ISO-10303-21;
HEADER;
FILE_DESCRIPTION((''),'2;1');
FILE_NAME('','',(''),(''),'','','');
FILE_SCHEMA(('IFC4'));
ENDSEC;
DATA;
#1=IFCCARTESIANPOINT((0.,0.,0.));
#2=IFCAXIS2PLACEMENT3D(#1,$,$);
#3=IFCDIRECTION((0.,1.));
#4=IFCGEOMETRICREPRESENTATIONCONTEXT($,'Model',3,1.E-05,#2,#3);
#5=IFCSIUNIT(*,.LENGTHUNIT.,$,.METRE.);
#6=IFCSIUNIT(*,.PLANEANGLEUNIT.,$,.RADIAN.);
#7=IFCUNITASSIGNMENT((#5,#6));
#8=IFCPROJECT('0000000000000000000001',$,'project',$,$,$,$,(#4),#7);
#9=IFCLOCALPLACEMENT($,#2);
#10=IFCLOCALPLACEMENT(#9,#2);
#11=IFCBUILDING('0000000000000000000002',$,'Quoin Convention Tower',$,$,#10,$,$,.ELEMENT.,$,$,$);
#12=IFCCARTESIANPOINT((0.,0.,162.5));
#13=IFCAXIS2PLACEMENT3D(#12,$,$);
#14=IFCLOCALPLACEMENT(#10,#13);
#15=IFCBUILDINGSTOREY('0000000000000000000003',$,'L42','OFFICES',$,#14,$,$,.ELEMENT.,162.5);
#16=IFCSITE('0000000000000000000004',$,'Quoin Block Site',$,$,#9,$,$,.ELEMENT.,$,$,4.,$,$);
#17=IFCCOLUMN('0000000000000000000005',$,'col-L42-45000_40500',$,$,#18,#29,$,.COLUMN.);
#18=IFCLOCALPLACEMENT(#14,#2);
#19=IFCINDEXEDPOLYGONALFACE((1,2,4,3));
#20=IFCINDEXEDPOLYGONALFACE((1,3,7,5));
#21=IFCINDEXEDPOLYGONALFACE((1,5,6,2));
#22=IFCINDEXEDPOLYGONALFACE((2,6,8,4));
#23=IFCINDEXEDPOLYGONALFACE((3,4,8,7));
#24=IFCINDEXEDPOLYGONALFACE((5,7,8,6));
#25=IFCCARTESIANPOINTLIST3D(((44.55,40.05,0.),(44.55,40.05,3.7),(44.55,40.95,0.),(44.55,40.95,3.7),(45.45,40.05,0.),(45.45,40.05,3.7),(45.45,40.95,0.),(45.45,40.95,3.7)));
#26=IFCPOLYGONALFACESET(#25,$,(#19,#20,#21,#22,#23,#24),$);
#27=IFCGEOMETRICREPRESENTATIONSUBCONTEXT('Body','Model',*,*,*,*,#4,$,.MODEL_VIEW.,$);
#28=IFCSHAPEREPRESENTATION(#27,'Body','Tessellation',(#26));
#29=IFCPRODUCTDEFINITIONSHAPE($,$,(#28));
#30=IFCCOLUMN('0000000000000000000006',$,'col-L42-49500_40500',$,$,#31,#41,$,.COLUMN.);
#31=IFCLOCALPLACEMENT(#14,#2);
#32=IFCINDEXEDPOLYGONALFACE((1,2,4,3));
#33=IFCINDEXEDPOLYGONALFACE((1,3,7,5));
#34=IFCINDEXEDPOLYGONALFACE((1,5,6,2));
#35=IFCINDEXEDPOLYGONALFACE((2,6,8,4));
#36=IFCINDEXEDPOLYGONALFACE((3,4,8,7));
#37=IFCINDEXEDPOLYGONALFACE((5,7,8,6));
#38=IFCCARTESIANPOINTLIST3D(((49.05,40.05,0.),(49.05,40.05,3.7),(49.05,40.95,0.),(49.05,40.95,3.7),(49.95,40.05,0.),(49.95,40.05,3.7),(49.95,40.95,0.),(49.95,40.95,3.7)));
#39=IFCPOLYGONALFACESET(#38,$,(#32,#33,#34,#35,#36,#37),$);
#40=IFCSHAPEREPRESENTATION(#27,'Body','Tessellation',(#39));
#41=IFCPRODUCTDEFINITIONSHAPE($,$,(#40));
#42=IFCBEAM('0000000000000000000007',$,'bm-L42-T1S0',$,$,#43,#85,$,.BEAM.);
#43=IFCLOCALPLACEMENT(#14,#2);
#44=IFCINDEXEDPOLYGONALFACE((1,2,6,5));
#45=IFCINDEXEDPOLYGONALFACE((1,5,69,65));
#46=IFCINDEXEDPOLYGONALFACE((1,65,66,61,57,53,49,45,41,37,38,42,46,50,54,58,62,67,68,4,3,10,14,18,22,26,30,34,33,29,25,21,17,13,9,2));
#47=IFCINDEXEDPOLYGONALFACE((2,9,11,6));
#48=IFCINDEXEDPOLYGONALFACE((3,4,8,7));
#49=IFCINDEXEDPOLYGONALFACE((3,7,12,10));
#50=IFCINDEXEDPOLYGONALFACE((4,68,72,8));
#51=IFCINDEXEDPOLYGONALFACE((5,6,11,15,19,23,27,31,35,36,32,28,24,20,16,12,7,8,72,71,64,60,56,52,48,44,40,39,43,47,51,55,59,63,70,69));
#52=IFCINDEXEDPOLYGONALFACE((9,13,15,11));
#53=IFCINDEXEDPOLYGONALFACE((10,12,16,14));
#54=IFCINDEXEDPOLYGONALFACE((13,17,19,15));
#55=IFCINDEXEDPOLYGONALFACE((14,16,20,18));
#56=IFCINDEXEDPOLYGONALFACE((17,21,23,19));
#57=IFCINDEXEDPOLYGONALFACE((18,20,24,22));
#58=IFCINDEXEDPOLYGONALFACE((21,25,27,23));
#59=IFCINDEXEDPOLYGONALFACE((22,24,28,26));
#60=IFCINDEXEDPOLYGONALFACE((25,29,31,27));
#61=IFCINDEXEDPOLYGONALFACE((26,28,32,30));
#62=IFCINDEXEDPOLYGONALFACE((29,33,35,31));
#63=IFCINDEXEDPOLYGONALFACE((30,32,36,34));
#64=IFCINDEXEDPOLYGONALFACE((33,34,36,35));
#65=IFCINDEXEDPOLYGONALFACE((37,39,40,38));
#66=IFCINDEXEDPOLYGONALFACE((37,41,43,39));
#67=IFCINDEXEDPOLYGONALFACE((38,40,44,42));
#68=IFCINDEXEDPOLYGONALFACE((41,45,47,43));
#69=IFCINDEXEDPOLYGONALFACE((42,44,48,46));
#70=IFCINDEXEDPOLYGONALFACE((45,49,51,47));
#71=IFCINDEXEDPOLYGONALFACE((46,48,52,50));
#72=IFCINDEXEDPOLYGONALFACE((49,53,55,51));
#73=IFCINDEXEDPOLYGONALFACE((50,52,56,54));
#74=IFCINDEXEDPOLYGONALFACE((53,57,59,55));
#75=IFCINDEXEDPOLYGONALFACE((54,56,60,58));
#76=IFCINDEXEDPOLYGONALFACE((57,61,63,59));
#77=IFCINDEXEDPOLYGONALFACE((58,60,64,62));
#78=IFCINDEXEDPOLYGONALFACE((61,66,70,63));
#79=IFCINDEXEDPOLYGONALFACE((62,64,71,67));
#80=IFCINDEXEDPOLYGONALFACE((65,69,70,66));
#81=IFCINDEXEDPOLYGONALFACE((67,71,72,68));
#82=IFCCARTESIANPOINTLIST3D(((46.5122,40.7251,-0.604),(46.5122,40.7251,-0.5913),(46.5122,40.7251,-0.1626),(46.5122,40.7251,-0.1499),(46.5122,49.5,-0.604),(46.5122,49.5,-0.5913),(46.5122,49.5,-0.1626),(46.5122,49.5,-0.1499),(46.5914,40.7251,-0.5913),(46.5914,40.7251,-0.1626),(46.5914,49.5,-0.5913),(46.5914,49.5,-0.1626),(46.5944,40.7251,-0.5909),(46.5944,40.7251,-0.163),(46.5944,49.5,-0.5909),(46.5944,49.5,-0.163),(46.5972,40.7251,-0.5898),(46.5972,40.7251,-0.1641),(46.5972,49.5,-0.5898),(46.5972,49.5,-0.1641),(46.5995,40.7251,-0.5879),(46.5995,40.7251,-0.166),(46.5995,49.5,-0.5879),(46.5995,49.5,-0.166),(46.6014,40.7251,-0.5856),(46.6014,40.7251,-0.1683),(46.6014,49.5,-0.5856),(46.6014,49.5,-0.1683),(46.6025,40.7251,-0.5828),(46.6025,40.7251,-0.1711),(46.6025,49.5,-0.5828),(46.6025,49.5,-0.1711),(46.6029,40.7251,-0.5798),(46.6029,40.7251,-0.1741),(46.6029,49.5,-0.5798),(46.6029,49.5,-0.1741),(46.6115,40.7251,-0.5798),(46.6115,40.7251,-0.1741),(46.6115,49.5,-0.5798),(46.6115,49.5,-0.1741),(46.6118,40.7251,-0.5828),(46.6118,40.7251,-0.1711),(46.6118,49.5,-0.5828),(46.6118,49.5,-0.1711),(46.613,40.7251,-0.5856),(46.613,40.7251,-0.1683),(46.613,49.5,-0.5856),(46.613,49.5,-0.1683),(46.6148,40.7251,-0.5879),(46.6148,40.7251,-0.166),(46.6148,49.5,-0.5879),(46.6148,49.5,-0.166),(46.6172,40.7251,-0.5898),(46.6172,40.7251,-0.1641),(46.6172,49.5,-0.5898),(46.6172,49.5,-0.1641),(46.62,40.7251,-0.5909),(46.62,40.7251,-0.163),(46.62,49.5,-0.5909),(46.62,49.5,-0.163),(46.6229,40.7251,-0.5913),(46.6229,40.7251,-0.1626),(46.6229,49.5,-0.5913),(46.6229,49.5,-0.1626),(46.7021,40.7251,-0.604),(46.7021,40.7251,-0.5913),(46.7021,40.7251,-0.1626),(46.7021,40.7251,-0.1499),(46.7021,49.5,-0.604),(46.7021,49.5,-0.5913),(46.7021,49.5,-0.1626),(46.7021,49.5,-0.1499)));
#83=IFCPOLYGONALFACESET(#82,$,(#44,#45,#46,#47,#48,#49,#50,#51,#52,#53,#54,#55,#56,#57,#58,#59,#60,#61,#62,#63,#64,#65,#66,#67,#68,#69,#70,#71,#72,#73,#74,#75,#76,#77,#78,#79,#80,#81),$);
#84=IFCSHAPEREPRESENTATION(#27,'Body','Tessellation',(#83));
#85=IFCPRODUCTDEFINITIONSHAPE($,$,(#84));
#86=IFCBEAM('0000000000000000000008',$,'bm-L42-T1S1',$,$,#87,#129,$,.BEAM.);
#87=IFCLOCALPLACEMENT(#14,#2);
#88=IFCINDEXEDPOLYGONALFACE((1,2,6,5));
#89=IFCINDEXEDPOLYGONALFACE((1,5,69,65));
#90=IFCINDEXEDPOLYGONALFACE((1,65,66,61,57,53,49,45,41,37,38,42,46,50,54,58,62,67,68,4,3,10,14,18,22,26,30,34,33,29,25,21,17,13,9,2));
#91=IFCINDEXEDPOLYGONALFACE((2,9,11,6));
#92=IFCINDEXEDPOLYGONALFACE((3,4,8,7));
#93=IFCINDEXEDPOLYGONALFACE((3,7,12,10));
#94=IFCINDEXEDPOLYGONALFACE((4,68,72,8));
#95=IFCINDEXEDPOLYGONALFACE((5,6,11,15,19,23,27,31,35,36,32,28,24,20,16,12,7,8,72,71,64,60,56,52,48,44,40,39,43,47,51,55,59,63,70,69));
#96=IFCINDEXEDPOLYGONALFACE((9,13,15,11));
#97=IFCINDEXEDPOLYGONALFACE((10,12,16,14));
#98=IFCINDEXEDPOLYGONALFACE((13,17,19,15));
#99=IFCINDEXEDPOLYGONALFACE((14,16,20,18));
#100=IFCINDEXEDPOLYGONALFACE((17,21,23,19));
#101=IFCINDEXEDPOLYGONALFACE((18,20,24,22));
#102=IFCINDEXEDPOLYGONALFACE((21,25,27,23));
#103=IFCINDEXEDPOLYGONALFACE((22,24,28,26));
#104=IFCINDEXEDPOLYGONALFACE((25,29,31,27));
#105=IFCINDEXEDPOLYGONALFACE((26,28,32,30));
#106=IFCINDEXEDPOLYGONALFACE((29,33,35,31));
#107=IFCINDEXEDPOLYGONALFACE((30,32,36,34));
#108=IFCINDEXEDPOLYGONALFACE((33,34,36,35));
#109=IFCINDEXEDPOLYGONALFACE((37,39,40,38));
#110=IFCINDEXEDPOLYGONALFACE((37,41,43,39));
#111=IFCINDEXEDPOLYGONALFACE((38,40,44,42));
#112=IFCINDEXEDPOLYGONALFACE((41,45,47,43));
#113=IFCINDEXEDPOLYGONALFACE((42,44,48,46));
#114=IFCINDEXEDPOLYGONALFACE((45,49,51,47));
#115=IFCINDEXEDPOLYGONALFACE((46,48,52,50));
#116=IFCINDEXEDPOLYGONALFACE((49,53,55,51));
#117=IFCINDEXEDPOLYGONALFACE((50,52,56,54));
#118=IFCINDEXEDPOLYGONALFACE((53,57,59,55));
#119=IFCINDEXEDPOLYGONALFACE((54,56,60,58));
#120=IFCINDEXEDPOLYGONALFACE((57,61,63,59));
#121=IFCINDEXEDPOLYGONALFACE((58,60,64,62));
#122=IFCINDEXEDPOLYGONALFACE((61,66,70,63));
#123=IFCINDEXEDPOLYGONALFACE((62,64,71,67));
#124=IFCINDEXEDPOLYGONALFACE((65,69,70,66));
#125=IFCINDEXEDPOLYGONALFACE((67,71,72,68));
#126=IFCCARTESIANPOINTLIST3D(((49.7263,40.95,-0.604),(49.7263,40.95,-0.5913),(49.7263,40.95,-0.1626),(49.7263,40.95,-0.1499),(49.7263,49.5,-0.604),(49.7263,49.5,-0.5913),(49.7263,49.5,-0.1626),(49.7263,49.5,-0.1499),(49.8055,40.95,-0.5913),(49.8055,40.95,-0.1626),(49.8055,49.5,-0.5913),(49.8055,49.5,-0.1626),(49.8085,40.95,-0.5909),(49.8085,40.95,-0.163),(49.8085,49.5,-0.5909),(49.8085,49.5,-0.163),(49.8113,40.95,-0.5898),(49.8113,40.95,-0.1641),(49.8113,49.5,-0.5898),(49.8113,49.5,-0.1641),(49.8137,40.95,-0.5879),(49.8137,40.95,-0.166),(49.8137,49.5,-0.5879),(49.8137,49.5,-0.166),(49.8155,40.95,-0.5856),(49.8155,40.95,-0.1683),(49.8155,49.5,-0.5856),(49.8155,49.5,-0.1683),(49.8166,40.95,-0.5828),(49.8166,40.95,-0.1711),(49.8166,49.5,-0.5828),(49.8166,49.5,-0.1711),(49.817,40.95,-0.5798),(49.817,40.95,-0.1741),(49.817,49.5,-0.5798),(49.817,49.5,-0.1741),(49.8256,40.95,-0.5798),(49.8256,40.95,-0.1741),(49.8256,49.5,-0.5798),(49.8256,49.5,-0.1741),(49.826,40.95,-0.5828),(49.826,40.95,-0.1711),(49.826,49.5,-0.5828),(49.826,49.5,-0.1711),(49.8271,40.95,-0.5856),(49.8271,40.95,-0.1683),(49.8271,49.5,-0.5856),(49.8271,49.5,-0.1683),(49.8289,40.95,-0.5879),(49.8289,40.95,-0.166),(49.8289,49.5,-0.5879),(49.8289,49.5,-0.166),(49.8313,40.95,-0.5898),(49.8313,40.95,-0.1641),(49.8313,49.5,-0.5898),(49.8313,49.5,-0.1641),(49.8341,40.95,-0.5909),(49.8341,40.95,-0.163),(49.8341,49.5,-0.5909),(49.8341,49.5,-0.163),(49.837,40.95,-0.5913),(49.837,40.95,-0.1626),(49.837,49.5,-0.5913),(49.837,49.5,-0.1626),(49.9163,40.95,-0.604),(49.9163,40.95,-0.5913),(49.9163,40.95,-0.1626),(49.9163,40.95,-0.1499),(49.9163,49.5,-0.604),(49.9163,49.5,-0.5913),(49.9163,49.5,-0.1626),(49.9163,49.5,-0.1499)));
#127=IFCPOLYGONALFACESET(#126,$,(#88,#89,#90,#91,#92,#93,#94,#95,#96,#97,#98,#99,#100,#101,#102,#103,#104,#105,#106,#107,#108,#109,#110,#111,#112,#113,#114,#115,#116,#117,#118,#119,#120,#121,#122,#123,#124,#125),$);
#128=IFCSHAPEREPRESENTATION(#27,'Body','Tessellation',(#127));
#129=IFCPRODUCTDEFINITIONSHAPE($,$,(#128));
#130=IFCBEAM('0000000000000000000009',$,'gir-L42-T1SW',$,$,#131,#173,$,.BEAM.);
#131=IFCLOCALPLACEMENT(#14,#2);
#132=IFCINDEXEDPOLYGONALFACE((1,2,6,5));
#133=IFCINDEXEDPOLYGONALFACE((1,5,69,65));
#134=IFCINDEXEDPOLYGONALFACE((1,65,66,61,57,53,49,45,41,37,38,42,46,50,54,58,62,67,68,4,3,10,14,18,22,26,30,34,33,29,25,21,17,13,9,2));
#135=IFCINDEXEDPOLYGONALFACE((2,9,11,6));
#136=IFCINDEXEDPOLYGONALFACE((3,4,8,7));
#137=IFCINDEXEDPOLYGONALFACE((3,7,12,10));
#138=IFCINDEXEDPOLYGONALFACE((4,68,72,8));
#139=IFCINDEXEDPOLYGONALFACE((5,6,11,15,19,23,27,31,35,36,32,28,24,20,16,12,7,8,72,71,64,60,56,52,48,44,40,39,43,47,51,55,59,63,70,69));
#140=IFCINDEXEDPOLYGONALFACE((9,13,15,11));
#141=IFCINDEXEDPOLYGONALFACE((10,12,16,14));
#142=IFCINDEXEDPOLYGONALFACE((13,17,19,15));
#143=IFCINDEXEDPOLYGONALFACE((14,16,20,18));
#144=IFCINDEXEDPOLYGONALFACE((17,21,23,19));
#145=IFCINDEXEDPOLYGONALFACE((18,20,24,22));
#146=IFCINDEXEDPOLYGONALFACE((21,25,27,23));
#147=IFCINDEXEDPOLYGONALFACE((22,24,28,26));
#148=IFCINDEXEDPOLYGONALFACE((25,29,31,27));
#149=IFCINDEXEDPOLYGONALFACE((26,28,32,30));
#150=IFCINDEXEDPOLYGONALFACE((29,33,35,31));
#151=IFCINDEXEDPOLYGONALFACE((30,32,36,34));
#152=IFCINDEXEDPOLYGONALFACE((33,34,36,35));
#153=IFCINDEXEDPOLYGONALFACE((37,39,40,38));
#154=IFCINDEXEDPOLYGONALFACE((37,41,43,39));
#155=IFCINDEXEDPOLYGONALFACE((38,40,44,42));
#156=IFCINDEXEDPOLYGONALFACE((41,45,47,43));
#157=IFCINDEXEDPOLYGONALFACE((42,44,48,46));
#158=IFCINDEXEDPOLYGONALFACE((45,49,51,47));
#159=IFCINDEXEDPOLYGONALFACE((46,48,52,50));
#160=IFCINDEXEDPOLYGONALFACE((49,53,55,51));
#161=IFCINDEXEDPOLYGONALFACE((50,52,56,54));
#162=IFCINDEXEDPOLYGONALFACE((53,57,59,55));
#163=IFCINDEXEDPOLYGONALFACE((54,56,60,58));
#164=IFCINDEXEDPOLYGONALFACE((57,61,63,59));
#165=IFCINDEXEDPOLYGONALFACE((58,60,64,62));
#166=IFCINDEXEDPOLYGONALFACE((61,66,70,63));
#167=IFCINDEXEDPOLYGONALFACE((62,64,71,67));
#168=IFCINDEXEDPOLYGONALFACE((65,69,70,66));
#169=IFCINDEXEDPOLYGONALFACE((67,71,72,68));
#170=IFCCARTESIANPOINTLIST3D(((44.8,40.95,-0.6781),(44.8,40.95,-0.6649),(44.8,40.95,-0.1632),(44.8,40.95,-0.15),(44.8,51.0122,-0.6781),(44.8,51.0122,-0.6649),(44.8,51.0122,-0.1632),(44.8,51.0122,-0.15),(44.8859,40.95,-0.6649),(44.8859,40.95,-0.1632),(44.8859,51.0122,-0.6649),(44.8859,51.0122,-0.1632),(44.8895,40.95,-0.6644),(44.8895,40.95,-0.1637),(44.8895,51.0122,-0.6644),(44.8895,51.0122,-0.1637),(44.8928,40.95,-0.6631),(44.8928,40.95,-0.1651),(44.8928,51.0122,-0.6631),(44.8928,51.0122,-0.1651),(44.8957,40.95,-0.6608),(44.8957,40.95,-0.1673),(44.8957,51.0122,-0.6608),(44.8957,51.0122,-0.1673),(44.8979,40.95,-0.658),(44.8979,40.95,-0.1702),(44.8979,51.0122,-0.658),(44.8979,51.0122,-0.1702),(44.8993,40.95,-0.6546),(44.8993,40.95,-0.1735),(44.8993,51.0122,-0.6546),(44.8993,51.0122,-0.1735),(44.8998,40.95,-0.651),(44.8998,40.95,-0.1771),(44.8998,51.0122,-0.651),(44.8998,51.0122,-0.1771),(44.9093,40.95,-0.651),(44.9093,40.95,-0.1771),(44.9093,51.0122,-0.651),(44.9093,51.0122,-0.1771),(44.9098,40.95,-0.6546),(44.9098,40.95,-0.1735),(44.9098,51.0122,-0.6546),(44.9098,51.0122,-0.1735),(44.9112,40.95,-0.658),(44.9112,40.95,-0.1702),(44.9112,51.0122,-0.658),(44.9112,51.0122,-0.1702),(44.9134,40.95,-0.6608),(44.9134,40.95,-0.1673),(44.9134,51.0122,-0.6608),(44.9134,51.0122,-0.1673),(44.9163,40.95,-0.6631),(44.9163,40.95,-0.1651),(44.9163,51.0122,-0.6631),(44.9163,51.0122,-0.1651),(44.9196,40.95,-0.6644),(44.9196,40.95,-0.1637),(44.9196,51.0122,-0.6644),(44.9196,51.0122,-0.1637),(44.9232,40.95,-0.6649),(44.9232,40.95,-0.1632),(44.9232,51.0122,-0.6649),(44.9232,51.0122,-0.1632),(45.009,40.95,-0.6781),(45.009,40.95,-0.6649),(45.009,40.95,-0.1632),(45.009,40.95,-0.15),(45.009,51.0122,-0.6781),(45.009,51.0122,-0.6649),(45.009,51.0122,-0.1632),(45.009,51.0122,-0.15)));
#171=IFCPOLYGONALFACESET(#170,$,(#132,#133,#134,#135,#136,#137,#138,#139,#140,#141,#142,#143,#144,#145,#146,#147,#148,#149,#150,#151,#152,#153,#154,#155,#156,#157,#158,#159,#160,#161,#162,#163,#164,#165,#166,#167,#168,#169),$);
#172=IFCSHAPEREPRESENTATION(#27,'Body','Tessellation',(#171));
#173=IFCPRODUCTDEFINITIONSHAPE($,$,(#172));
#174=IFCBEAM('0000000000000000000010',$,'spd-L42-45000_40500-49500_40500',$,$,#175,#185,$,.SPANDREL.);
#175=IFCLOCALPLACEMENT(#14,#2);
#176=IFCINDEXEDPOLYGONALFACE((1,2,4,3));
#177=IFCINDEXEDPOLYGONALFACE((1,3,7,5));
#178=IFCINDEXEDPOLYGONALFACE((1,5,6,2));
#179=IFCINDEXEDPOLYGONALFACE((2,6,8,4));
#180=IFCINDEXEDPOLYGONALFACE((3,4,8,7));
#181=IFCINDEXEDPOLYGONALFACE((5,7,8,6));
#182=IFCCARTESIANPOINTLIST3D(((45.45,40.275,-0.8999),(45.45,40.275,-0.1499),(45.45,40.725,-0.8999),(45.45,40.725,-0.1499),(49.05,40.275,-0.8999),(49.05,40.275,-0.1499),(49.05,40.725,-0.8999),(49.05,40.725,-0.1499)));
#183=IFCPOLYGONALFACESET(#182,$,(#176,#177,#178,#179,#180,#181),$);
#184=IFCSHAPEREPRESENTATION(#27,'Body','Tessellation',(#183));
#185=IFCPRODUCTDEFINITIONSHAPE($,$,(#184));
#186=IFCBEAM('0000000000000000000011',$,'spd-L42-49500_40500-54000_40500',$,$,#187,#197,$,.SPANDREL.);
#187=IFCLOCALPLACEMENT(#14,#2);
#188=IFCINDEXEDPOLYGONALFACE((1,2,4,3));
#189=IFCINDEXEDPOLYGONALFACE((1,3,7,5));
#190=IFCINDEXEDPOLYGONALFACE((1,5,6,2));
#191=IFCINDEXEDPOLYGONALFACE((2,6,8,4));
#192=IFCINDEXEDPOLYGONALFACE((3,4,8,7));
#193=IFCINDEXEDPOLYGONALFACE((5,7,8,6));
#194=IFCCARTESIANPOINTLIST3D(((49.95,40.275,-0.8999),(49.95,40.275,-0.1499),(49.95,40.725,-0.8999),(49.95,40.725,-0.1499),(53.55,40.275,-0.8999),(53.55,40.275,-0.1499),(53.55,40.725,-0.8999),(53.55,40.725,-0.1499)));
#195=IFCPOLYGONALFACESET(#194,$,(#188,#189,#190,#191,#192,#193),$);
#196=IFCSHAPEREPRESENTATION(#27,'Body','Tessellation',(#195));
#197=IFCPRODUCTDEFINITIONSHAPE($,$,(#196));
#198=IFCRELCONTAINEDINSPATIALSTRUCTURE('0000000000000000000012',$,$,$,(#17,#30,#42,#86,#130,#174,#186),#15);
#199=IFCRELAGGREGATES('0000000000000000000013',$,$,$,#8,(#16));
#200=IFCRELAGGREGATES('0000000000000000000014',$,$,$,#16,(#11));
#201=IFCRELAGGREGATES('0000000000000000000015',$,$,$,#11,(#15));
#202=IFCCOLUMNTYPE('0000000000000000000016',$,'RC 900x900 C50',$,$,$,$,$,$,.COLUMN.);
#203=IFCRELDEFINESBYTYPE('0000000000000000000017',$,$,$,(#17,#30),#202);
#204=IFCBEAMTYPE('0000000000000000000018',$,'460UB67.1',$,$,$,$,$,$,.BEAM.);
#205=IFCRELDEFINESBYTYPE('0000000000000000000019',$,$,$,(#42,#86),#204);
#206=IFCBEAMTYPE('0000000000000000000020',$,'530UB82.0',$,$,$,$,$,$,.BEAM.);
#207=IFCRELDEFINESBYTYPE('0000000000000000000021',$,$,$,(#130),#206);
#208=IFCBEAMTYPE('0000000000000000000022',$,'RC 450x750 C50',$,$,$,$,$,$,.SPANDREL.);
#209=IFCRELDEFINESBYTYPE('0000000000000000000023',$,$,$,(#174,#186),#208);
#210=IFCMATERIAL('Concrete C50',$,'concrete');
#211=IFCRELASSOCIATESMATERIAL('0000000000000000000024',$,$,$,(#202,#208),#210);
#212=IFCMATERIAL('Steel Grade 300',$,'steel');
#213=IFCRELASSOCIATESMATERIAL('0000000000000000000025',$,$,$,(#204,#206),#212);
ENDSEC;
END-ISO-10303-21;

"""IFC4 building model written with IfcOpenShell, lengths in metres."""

from ifc_helpers import new_model, si_unit, direction, frame, origin, origin_2d, place, context, subcontext, project, spatial, rectangle, i_section, extrude, material, material_profile, profile_set, type_object, element, save


model = new_model("IFC4")

# Units and contexts
model_context = context("Model", 3, precision=1e-05, world=origin(), true_north=direction((0.0, 1.0)))
body_context = subcontext(model_context, "Body", "Model", "MODEL_VIEW")
ifc_project = project(units=[si_unit("LENGTHUNIT", "METRE"), si_unit("PLANEANGLEUNIT", "RADIAN")], contexts=[model_context])

# Site, building, storey
site_placement = place(None, origin())
site = spatial("IfcSite", under=ifc_project, at=site_placement, Name="Quoin Block Site", CompositionType="ELEMENT", RefElevation=4.0)
building_placement = place(site_placement, origin())
building = spatial("IfcBuilding", under=site, at=building_placement, Name="Quoin Convention Tower", CompositionType="ELEMENT")
storey_placement = place(building_placement, frame((0.0, 0.0, 162.5)))
storey = spatial("IfcBuildingStorey", under=building, at=storey_placement, Name="L42", Description="OFFICES", CompositionType="ELEMENT", Elevation=162.5)

# Columns
ifc_material_1 = material(Name="Concrete C50", Category="concrete")
ifc_material_profile_1 = material_profile(ifc_material_1, rectangle(XDim=0.8999, YDim=0.8999, at=origin_2d()), Name="RC 900x900")
ifc_profile_set_1 = profile_set([ifc_material_profile_1], Name="Concrete C50")
column_type = type_object("IfcColumnType", Name="RC 900x900 C50", PredefinedType="COLUMN", material=ifc_profile_set_1)
for number, where, z_axis, x_axis, name in (
    (1, (45.0, 40.5, 0.0), (0.0, 0.0, 1.0), (1.0, 0.0, 0.0), "col-L42-45000_40500"),
    (2, (49.5, 40.5, 0.0), (0.0, 0.0, 1.0), (1.0, 0.0, 0.0), "col-L42-49500_40500"),
):
    element("IfcColumn", number, at=place(storey_placement, frame(where, z_axis=z_axis, x_axis=x_axis)), inside=storey, type_object=column_type, Name=name, PredefinedType="COLUMN", context=body_context, shape_type="SweptSolid", body=[
        extrude(rectangle(XDim=0.8999, YDim=0.8999, at=origin_2d()), origin(), (0.0, 0.0, 1.0), 3.7),
    ])

# Beams
ifc_material_2 = material(Name="Steel Grade 300", Category="steel")
ifc_material_profile_2 = material_profile(ifc_material_2, i_section(OverallWidth=0.1899, OverallDepth=0.4541, WebThickness=0.0085, FlangeThickness=0.0127, FilletRadius=0.0115, at=origin_2d()), Name="460UB67.1")
ifc_profile_set_2 = profile_set([ifc_material_profile_2], Name="Steel Grade 300")
beam_type_1 = type_object("IfcBeamType", Name="460UB67.1", PredefinedType="BEAM", material=ifc_profile_set_2)
beam_1_placement = place(storey_placement, frame((46.6072, 40.7251, -0.377), z_axis=(0.0, 1.0, 0.0), x_axis=(-1.0, 0.0, 0.0)))
element("IfcBeam", 3, at=beam_1_placement, inside=storey, type_object=beam_type_1, Name="bm-L42-T1S0", PredefinedType="BEAM", context=body_context, shape_type="SweptSolid", body=[
    extrude(i_section(OverallWidth=0.1899, OverallDepth=0.4541, WebThickness=0.0085, FlangeThickness=0.0127, FilletRadius=0.0115, at=origin_2d()), origin(), (0.0, 0.0, 1.0), 8.7749),
])
beam_2_placement = place(storey_placement, frame((49.8213, 40.95, -0.377), z_axis=(0.0, 1.0, 0.0), x_axis=(-1.0, 0.0, 0.0)))
element("IfcBeam", 4, at=beam_2_placement, inside=storey, type_object=beam_type_1, Name="bm-L42-T1S1", PredefinedType="BEAM", context=body_context, shape_type="SweptSolid", body=[
    extrude(i_section(OverallWidth=0.1899, OverallDepth=0.4541, WebThickness=0.0085, FlangeThickness=0.0127, FilletRadius=0.0115, at=origin_2d()), origin(), (0.0, 0.0, 1.0), 8.55),
])
ifc_material_profile_3 = material_profile(ifc_material_2, i_section(OverallWidth=0.209, OverallDepth=0.5281, WebThickness=0.0095, FlangeThickness=0.0132, FilletRadius=0.0139, at=origin_2d()), Name="530UB82.0")
ifc_profile_set_3 = profile_set([ifc_material_profile_3], Name="Steel Grade 300")
beam_type_2 = type_object("IfcBeamType", Name="530UB82.0", PredefinedType="BEAM", material=ifc_profile_set_3)
beam_3_placement = place(storey_placement, frame((44.9045, 40.95, -0.4141), z_axis=(0.0, 1.0, 0.0), x_axis=(-1.0, 0.0, 0.0)))
element("IfcBeam", 5, at=beam_3_placement, inside=storey, type_object=beam_type_2, Name="gir-L42-T1SW", PredefinedType="BEAM", context=body_context, shape_type="SweptSolid", body=[
    extrude(i_section(OverallWidth=0.209, OverallDepth=0.5281, WebThickness=0.0095, FlangeThickness=0.0132, FilletRadius=0.0139, at=origin_2d()), origin(), (0.0, 0.0, 1.0), 10.0623),
])
ifc_material_profile_4 = material_profile(ifc_material_1, rectangle(XDim=0.45, YDim=0.75, at=origin_2d()), Name="RC 450x750")
ifc_profile_set_4 = profile_set([ifc_material_profile_4], Name="Concrete C50")
beam_type_3 = type_object("IfcBeamType", Name="RC 450x750 C50", PredefinedType="SPANDREL", material=ifc_profile_set_4)
for number, where, z_axis, x_axis, name in (
    (6, (45.45, 40.5, -0.5249), (1.0, 0.0, 0.0), (0.0, 1.0, 0.0), "spd-L42-45000_40500-49500_40500"),
    (7, (49.95, 40.5, -0.5249), (1.0, 0.0, 0.0), (0.0, 1.0, 0.0), "spd-L42-49500_40500-54000_40500"),
):
    element("IfcBeam", number, at=place(storey_placement, frame(where, z_axis=z_axis, x_axis=x_axis)), inside=storey, type_object=beam_type_3, Name=name, PredefinedType="SPANDREL", context=body_context, shape_type="SweptSolid", body=[
        extrude(rectangle(XDim=0.45, YDim=0.75, at=origin_2d()), origin(), (0.0, 0.0, 1.0), 3.6001),
    ])

save(model, "model.ifc")
